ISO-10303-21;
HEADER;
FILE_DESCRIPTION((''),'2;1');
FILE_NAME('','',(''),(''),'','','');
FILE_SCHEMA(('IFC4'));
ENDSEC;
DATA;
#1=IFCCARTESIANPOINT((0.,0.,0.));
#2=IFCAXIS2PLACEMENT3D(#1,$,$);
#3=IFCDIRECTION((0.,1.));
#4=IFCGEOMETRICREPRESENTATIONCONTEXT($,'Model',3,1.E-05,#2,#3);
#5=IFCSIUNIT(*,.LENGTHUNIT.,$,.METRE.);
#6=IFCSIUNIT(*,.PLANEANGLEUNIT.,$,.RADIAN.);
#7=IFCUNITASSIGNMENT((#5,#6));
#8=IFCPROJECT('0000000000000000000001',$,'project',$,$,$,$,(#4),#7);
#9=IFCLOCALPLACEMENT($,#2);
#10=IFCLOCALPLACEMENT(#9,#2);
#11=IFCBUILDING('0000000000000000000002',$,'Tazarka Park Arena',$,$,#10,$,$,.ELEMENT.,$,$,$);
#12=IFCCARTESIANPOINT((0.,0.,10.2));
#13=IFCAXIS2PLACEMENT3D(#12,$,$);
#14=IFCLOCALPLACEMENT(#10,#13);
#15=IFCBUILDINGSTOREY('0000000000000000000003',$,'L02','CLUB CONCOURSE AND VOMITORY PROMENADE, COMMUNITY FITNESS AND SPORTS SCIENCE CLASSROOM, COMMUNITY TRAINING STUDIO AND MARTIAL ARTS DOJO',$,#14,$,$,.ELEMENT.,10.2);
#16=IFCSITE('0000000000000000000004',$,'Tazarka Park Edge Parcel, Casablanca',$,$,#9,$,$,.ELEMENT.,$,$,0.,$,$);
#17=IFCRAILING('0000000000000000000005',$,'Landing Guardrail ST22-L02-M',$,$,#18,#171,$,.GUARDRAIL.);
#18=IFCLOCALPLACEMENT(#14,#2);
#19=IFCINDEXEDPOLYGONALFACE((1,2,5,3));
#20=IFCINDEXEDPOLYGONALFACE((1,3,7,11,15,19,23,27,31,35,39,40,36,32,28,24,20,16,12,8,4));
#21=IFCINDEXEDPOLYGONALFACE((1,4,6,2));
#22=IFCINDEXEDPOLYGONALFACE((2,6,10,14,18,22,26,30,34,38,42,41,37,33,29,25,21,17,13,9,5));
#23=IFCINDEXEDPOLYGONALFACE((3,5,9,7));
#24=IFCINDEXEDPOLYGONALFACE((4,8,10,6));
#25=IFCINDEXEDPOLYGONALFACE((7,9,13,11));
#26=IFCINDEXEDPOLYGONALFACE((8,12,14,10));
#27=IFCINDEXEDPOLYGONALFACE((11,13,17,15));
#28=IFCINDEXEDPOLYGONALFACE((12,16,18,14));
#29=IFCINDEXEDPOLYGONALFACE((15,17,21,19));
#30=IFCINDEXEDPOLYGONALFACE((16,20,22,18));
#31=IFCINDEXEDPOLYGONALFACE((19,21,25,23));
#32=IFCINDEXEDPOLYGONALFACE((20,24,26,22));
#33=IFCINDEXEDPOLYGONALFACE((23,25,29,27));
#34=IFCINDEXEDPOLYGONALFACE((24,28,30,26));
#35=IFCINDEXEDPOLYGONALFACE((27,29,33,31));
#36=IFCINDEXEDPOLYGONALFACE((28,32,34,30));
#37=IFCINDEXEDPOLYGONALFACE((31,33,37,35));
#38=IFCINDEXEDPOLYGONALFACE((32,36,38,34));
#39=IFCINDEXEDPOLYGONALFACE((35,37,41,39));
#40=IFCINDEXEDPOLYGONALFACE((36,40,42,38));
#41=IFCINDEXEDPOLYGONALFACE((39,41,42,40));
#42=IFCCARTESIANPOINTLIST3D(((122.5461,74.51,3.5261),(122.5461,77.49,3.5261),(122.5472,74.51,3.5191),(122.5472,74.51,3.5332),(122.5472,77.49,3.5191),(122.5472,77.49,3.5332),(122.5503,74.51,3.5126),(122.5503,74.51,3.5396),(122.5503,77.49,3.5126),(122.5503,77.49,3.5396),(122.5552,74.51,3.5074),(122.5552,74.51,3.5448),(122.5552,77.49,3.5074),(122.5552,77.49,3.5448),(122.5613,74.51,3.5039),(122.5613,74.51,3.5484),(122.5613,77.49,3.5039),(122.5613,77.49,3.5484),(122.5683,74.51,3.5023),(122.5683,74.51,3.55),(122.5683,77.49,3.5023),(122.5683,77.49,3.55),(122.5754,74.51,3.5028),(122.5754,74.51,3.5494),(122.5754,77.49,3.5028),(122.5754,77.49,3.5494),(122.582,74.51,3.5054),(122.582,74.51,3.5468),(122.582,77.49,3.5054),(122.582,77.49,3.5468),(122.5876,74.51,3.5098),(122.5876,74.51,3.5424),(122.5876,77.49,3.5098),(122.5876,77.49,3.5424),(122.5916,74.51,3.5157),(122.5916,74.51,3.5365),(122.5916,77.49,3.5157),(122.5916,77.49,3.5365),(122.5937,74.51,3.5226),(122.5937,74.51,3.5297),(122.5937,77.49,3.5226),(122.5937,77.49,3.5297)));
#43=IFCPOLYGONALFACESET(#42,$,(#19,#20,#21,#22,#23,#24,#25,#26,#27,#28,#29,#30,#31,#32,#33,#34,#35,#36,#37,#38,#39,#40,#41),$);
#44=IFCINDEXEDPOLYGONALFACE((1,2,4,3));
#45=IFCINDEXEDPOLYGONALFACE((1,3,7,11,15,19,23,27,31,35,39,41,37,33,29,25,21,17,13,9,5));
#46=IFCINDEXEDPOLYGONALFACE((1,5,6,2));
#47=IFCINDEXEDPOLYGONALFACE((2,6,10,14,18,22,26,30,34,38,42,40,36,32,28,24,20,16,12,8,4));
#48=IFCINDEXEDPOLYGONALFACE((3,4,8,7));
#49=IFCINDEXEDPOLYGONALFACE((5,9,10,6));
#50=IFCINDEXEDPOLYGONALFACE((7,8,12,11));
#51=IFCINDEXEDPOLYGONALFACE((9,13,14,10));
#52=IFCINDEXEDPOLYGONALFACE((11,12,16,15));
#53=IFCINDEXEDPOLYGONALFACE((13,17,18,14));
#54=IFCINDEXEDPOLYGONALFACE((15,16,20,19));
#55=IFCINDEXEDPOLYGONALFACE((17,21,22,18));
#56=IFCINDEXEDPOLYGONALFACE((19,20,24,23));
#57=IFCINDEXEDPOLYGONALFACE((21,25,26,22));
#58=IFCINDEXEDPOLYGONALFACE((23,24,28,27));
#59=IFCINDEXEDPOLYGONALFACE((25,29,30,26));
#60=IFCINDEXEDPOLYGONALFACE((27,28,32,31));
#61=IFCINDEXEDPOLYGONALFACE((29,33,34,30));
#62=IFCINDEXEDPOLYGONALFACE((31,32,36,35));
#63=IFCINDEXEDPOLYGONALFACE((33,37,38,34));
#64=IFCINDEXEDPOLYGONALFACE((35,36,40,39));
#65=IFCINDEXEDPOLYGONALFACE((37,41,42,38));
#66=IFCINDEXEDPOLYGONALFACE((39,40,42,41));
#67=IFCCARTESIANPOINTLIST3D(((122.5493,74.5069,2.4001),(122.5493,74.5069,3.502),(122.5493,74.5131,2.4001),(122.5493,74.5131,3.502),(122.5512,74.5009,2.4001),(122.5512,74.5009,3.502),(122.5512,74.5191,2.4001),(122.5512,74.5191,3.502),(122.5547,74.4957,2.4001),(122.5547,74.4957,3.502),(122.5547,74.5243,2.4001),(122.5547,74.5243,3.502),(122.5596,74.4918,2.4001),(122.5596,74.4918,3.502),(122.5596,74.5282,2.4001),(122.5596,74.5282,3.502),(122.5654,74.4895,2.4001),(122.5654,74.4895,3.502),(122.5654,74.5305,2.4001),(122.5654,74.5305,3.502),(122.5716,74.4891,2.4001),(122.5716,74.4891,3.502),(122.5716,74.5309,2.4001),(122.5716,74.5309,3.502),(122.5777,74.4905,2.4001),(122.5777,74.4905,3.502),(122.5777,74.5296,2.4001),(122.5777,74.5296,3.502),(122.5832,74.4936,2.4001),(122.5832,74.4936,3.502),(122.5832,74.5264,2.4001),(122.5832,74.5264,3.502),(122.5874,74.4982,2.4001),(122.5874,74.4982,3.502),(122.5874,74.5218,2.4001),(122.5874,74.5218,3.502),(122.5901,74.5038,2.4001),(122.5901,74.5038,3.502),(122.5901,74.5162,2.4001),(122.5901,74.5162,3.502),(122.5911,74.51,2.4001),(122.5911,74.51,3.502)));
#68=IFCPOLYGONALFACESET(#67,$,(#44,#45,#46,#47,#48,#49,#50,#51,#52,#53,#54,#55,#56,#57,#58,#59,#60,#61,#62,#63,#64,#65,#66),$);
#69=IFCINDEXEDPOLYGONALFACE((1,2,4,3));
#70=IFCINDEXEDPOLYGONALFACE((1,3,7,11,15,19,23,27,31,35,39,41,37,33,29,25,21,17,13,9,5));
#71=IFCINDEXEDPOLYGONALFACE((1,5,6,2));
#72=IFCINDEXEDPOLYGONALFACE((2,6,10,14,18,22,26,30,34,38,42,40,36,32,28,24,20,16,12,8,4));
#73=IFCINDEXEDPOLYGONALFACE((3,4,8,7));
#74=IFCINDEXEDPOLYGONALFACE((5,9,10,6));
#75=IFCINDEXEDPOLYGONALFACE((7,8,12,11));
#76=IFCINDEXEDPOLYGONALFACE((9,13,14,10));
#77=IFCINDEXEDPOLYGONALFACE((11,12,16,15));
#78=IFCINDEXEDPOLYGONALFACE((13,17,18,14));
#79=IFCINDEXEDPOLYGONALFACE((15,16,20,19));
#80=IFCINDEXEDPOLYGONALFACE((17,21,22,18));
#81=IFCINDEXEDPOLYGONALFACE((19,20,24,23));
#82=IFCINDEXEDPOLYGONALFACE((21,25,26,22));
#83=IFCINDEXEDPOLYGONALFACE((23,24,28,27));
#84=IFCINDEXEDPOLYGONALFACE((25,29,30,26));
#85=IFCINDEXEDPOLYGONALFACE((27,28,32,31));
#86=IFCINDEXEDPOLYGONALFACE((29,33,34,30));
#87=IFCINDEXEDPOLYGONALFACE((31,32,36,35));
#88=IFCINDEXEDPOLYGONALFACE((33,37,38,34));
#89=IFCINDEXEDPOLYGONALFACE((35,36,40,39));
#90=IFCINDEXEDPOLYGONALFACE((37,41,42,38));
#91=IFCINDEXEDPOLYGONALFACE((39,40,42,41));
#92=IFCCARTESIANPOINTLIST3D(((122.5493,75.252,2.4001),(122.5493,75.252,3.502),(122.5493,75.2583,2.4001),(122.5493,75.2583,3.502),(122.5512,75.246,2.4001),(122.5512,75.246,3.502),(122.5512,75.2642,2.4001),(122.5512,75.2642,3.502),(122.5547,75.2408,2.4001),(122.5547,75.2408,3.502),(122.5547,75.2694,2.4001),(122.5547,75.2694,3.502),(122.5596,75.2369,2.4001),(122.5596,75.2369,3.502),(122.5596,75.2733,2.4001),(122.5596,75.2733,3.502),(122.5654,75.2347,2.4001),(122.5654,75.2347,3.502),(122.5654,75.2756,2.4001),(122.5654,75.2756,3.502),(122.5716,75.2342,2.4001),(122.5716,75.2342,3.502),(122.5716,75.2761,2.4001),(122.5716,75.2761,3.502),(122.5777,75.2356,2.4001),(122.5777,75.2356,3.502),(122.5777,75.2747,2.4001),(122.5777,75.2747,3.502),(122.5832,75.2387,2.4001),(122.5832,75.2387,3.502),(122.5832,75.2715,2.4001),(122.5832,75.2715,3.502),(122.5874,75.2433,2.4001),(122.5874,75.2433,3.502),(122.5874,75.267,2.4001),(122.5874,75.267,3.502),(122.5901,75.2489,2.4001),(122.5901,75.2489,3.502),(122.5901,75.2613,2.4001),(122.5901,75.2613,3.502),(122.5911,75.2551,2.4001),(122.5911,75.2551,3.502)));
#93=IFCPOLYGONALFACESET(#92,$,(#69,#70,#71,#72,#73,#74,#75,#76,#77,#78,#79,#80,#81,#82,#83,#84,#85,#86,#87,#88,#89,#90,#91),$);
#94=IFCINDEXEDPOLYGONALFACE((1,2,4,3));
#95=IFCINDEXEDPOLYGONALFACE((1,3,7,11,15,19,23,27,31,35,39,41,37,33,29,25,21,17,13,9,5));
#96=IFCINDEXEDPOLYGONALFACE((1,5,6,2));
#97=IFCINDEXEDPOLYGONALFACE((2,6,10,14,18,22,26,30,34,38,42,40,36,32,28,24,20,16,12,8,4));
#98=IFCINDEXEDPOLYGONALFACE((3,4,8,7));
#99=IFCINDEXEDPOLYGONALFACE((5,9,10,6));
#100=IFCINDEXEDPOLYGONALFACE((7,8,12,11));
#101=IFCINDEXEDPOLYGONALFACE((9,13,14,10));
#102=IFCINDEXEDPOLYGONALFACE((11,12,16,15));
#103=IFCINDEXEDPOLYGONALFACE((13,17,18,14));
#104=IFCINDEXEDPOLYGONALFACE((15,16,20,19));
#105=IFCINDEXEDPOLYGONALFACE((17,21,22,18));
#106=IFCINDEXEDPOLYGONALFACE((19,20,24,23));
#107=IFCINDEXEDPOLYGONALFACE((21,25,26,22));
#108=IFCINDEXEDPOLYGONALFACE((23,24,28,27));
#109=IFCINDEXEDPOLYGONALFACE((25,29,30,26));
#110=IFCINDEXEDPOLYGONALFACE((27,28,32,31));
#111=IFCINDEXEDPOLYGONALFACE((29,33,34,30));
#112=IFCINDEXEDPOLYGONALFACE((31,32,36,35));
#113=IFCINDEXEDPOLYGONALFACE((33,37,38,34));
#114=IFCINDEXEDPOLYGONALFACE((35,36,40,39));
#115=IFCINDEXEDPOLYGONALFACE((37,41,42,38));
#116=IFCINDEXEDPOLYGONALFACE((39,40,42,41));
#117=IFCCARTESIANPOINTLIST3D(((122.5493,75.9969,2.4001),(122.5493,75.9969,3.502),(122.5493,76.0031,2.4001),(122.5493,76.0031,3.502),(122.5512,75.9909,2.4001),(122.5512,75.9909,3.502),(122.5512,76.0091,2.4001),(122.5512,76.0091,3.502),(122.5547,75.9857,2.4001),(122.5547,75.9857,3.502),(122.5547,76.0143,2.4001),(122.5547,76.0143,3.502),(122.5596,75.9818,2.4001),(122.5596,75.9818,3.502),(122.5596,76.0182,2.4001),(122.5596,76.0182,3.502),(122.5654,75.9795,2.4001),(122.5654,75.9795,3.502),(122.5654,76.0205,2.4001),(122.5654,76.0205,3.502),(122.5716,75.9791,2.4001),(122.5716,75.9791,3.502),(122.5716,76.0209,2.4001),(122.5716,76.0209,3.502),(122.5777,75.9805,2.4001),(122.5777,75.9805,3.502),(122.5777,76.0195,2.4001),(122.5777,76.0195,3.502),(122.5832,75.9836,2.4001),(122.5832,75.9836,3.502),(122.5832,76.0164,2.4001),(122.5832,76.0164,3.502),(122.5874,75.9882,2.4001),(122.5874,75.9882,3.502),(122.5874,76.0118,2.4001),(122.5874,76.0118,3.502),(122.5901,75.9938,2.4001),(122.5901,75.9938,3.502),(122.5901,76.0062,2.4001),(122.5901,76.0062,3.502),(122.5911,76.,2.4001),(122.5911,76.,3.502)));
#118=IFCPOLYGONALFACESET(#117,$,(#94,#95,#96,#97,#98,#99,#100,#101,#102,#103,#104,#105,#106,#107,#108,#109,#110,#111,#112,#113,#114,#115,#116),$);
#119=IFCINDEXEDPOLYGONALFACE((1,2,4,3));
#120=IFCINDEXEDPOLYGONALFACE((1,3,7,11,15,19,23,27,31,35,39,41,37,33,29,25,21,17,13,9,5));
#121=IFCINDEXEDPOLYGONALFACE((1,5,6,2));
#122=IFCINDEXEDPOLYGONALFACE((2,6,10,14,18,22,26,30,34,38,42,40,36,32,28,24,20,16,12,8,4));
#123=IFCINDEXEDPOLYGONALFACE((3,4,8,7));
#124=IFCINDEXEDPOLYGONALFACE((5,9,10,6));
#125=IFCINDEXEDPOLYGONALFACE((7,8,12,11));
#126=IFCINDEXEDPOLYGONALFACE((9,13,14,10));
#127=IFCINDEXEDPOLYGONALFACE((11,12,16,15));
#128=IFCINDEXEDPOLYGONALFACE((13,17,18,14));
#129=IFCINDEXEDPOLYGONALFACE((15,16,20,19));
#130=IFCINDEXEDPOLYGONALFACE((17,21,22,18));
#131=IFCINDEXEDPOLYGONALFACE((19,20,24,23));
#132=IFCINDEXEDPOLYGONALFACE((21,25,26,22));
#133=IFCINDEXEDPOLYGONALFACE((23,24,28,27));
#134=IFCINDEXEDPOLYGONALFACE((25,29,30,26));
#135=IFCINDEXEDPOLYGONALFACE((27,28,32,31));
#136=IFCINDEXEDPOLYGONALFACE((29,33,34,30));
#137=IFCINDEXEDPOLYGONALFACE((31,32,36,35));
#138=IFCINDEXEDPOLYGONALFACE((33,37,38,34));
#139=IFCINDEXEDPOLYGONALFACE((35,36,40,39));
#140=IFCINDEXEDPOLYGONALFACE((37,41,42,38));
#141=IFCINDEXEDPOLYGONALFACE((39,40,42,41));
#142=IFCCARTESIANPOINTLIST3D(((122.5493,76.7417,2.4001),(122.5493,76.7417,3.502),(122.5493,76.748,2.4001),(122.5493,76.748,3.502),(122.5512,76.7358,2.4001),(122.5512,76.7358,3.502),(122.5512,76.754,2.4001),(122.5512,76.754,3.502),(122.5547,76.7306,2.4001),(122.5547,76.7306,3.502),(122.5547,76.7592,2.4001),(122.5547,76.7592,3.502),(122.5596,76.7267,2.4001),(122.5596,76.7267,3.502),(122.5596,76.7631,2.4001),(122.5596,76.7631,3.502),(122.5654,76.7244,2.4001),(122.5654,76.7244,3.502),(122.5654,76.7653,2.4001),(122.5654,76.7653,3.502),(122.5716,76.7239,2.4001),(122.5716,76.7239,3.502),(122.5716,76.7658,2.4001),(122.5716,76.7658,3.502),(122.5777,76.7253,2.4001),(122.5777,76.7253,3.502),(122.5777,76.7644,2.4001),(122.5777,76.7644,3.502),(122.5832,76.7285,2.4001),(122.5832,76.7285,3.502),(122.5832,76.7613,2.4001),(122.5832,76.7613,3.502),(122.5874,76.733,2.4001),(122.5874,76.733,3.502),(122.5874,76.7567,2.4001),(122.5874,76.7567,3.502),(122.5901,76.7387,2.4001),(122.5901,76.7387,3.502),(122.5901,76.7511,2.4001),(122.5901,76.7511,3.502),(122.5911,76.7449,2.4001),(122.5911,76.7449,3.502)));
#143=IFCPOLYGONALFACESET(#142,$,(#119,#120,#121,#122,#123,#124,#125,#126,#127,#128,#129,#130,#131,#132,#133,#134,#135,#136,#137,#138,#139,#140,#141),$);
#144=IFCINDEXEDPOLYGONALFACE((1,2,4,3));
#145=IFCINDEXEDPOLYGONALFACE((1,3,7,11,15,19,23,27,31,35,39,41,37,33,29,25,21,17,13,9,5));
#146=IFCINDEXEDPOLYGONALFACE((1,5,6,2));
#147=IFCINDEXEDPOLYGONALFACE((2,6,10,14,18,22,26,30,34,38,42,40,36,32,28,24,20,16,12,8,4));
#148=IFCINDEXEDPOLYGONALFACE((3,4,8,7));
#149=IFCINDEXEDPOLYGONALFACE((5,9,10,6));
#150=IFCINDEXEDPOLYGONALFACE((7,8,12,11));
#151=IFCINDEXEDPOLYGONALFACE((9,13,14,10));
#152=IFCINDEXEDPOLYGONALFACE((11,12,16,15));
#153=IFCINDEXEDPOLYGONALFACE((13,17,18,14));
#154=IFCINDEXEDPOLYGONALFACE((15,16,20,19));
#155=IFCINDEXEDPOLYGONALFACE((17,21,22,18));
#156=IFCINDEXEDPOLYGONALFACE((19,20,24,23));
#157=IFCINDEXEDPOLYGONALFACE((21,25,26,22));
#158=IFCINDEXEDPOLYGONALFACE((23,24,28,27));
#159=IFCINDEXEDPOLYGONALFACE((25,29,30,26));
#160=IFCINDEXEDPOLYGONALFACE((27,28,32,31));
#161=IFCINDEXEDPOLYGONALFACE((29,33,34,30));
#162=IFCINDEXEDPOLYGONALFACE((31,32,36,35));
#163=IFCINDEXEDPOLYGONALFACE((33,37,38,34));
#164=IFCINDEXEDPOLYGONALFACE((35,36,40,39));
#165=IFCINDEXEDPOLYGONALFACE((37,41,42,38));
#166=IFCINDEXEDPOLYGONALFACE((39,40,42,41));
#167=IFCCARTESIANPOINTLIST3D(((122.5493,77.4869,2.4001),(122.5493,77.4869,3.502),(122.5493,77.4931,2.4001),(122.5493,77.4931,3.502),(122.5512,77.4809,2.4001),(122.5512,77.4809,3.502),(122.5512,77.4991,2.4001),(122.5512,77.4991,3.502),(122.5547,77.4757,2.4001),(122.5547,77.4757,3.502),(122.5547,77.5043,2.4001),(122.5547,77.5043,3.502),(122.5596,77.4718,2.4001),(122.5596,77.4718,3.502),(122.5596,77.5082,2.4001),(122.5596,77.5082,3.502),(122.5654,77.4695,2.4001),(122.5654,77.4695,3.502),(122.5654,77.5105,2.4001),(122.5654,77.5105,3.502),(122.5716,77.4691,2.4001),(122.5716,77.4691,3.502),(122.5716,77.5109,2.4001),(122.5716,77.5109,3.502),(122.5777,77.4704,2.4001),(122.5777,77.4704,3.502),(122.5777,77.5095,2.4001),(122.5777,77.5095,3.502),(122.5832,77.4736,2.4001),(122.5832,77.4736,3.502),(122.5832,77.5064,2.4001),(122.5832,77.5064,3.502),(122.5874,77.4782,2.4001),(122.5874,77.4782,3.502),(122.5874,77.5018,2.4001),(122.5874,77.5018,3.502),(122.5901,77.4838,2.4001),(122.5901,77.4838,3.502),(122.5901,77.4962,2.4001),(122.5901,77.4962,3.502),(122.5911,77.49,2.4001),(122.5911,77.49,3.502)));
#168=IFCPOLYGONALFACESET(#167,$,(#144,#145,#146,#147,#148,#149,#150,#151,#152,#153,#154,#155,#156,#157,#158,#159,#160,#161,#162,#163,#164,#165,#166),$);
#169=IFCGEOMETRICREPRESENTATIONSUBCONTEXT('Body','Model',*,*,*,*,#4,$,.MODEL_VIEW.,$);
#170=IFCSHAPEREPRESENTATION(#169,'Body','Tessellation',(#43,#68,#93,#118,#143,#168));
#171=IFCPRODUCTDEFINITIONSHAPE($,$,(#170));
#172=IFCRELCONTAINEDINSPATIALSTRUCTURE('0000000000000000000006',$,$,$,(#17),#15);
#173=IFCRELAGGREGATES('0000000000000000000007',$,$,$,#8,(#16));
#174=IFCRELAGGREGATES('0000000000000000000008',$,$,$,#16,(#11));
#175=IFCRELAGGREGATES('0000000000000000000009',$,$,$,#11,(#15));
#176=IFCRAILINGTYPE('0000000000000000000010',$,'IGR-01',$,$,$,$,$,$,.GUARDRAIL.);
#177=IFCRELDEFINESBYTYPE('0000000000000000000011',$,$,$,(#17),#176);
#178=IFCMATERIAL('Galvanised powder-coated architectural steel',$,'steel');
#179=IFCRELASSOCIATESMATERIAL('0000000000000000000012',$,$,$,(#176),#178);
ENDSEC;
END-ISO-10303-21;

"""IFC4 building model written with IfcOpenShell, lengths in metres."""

from ifc_helpers import new_model, si_unit, direction, frame, origin, origin_2d, place, context, subcontext, project, spatial, circle, extrude, material, type_object, element, save


model = new_model("IFC4")

# Units and contexts
model_context = context("Model", 3, precision=1e-05, world=origin(), true_north=direction((0.0, 1.0)))
body_context = subcontext(model_context, "Body", "Model", "MODEL_VIEW")
ifc_project = project(units=[si_unit("LENGTHUNIT", "METRE"), si_unit("PLANEANGLEUNIT", "RADIAN")], contexts=[model_context])

# Site, building, storey
site_placement = place(None, origin())
site = spatial("IfcSite", under=ifc_project, at=site_placement, Name="Tazarka Park Edge Parcel, Casablanca", CompositionType="ELEMENT", RefElevation=0.0)
building_placement = place(site_placement, origin())
building = spatial("IfcBuilding", under=site, at=building_placement, Name="Tazarka Park Arena", CompositionType="ELEMENT")
storey_placement = place(building_placement, frame((0.0, 0.0, 10.2)))
storey = spatial("IfcBuildingStorey", under=building, at=storey_placement, Name="L02", Description="CLUB CONCOURSE AND VOMITORY PROMENADE, COMMUNITY FITNESS AND SPORTS SCIENCE CLASSROOM, COMMUNITY TRAINING STUDIO AND MARTIAL ARTS DOJO", CompositionType="ELEMENT", Elevation=10.2)

# Railing
ifc_material_1 = material(Name="Galvanised powder-coated architectural steel", Category="steel")
railing_type_1 = type_object("IfcRailingType", Name="IGR-01", PredefinedType="GUARDRAIL", material=ifc_material_1)
railing_1_placement = place(storey_placement, frame((122.5701, 74.51, 2.4001)))
element("IfcRailing", 1, at=railing_1_placement, inside=storey, type_object=railing_type_1, Name="Landing Guardrail ST22-L02-M", PredefinedType="GUARDRAIL", context=body_context, shape_type="SweptSolid", body=[
    extrude(circle(Radius=0.0239, at=origin_2d()), frame((0.0, 0.0, 1.126), z_axis=(0.0, 1.0, 0.0), x_axis=(-1.0, 0.0, 0.0)), (0.0, 0.0, 1.0), 2.98),
    extrude(circle(Radius=0.021, at=origin_2d()), origin(), (0.0, 0.0, 1.0), 1.1018),
    extrude(circle(Radius=0.021, at=origin_2d()), frame((0.0, 0.7451, 0.0)), (0.0, 0.0, 1.0), 1.1018),
    extrude(circle(Radius=0.021, at=origin_2d()), frame((0.0, 1.49, 0.0)), (0.0, 0.0, 1.0), 1.1018),
    extrude(circle(Radius=0.021, at=origin_2d()), frame((0.0, 2.2349, 0.0)), (0.0, 0.0, 1.0), 1.1018),
    extrude(circle(Radius=0.021, at=origin_2d()), frame((0.0, 2.98, 0.0)), (0.0, 0.0, 1.0), 1.1018),
])

save(model, "model.ifc")
